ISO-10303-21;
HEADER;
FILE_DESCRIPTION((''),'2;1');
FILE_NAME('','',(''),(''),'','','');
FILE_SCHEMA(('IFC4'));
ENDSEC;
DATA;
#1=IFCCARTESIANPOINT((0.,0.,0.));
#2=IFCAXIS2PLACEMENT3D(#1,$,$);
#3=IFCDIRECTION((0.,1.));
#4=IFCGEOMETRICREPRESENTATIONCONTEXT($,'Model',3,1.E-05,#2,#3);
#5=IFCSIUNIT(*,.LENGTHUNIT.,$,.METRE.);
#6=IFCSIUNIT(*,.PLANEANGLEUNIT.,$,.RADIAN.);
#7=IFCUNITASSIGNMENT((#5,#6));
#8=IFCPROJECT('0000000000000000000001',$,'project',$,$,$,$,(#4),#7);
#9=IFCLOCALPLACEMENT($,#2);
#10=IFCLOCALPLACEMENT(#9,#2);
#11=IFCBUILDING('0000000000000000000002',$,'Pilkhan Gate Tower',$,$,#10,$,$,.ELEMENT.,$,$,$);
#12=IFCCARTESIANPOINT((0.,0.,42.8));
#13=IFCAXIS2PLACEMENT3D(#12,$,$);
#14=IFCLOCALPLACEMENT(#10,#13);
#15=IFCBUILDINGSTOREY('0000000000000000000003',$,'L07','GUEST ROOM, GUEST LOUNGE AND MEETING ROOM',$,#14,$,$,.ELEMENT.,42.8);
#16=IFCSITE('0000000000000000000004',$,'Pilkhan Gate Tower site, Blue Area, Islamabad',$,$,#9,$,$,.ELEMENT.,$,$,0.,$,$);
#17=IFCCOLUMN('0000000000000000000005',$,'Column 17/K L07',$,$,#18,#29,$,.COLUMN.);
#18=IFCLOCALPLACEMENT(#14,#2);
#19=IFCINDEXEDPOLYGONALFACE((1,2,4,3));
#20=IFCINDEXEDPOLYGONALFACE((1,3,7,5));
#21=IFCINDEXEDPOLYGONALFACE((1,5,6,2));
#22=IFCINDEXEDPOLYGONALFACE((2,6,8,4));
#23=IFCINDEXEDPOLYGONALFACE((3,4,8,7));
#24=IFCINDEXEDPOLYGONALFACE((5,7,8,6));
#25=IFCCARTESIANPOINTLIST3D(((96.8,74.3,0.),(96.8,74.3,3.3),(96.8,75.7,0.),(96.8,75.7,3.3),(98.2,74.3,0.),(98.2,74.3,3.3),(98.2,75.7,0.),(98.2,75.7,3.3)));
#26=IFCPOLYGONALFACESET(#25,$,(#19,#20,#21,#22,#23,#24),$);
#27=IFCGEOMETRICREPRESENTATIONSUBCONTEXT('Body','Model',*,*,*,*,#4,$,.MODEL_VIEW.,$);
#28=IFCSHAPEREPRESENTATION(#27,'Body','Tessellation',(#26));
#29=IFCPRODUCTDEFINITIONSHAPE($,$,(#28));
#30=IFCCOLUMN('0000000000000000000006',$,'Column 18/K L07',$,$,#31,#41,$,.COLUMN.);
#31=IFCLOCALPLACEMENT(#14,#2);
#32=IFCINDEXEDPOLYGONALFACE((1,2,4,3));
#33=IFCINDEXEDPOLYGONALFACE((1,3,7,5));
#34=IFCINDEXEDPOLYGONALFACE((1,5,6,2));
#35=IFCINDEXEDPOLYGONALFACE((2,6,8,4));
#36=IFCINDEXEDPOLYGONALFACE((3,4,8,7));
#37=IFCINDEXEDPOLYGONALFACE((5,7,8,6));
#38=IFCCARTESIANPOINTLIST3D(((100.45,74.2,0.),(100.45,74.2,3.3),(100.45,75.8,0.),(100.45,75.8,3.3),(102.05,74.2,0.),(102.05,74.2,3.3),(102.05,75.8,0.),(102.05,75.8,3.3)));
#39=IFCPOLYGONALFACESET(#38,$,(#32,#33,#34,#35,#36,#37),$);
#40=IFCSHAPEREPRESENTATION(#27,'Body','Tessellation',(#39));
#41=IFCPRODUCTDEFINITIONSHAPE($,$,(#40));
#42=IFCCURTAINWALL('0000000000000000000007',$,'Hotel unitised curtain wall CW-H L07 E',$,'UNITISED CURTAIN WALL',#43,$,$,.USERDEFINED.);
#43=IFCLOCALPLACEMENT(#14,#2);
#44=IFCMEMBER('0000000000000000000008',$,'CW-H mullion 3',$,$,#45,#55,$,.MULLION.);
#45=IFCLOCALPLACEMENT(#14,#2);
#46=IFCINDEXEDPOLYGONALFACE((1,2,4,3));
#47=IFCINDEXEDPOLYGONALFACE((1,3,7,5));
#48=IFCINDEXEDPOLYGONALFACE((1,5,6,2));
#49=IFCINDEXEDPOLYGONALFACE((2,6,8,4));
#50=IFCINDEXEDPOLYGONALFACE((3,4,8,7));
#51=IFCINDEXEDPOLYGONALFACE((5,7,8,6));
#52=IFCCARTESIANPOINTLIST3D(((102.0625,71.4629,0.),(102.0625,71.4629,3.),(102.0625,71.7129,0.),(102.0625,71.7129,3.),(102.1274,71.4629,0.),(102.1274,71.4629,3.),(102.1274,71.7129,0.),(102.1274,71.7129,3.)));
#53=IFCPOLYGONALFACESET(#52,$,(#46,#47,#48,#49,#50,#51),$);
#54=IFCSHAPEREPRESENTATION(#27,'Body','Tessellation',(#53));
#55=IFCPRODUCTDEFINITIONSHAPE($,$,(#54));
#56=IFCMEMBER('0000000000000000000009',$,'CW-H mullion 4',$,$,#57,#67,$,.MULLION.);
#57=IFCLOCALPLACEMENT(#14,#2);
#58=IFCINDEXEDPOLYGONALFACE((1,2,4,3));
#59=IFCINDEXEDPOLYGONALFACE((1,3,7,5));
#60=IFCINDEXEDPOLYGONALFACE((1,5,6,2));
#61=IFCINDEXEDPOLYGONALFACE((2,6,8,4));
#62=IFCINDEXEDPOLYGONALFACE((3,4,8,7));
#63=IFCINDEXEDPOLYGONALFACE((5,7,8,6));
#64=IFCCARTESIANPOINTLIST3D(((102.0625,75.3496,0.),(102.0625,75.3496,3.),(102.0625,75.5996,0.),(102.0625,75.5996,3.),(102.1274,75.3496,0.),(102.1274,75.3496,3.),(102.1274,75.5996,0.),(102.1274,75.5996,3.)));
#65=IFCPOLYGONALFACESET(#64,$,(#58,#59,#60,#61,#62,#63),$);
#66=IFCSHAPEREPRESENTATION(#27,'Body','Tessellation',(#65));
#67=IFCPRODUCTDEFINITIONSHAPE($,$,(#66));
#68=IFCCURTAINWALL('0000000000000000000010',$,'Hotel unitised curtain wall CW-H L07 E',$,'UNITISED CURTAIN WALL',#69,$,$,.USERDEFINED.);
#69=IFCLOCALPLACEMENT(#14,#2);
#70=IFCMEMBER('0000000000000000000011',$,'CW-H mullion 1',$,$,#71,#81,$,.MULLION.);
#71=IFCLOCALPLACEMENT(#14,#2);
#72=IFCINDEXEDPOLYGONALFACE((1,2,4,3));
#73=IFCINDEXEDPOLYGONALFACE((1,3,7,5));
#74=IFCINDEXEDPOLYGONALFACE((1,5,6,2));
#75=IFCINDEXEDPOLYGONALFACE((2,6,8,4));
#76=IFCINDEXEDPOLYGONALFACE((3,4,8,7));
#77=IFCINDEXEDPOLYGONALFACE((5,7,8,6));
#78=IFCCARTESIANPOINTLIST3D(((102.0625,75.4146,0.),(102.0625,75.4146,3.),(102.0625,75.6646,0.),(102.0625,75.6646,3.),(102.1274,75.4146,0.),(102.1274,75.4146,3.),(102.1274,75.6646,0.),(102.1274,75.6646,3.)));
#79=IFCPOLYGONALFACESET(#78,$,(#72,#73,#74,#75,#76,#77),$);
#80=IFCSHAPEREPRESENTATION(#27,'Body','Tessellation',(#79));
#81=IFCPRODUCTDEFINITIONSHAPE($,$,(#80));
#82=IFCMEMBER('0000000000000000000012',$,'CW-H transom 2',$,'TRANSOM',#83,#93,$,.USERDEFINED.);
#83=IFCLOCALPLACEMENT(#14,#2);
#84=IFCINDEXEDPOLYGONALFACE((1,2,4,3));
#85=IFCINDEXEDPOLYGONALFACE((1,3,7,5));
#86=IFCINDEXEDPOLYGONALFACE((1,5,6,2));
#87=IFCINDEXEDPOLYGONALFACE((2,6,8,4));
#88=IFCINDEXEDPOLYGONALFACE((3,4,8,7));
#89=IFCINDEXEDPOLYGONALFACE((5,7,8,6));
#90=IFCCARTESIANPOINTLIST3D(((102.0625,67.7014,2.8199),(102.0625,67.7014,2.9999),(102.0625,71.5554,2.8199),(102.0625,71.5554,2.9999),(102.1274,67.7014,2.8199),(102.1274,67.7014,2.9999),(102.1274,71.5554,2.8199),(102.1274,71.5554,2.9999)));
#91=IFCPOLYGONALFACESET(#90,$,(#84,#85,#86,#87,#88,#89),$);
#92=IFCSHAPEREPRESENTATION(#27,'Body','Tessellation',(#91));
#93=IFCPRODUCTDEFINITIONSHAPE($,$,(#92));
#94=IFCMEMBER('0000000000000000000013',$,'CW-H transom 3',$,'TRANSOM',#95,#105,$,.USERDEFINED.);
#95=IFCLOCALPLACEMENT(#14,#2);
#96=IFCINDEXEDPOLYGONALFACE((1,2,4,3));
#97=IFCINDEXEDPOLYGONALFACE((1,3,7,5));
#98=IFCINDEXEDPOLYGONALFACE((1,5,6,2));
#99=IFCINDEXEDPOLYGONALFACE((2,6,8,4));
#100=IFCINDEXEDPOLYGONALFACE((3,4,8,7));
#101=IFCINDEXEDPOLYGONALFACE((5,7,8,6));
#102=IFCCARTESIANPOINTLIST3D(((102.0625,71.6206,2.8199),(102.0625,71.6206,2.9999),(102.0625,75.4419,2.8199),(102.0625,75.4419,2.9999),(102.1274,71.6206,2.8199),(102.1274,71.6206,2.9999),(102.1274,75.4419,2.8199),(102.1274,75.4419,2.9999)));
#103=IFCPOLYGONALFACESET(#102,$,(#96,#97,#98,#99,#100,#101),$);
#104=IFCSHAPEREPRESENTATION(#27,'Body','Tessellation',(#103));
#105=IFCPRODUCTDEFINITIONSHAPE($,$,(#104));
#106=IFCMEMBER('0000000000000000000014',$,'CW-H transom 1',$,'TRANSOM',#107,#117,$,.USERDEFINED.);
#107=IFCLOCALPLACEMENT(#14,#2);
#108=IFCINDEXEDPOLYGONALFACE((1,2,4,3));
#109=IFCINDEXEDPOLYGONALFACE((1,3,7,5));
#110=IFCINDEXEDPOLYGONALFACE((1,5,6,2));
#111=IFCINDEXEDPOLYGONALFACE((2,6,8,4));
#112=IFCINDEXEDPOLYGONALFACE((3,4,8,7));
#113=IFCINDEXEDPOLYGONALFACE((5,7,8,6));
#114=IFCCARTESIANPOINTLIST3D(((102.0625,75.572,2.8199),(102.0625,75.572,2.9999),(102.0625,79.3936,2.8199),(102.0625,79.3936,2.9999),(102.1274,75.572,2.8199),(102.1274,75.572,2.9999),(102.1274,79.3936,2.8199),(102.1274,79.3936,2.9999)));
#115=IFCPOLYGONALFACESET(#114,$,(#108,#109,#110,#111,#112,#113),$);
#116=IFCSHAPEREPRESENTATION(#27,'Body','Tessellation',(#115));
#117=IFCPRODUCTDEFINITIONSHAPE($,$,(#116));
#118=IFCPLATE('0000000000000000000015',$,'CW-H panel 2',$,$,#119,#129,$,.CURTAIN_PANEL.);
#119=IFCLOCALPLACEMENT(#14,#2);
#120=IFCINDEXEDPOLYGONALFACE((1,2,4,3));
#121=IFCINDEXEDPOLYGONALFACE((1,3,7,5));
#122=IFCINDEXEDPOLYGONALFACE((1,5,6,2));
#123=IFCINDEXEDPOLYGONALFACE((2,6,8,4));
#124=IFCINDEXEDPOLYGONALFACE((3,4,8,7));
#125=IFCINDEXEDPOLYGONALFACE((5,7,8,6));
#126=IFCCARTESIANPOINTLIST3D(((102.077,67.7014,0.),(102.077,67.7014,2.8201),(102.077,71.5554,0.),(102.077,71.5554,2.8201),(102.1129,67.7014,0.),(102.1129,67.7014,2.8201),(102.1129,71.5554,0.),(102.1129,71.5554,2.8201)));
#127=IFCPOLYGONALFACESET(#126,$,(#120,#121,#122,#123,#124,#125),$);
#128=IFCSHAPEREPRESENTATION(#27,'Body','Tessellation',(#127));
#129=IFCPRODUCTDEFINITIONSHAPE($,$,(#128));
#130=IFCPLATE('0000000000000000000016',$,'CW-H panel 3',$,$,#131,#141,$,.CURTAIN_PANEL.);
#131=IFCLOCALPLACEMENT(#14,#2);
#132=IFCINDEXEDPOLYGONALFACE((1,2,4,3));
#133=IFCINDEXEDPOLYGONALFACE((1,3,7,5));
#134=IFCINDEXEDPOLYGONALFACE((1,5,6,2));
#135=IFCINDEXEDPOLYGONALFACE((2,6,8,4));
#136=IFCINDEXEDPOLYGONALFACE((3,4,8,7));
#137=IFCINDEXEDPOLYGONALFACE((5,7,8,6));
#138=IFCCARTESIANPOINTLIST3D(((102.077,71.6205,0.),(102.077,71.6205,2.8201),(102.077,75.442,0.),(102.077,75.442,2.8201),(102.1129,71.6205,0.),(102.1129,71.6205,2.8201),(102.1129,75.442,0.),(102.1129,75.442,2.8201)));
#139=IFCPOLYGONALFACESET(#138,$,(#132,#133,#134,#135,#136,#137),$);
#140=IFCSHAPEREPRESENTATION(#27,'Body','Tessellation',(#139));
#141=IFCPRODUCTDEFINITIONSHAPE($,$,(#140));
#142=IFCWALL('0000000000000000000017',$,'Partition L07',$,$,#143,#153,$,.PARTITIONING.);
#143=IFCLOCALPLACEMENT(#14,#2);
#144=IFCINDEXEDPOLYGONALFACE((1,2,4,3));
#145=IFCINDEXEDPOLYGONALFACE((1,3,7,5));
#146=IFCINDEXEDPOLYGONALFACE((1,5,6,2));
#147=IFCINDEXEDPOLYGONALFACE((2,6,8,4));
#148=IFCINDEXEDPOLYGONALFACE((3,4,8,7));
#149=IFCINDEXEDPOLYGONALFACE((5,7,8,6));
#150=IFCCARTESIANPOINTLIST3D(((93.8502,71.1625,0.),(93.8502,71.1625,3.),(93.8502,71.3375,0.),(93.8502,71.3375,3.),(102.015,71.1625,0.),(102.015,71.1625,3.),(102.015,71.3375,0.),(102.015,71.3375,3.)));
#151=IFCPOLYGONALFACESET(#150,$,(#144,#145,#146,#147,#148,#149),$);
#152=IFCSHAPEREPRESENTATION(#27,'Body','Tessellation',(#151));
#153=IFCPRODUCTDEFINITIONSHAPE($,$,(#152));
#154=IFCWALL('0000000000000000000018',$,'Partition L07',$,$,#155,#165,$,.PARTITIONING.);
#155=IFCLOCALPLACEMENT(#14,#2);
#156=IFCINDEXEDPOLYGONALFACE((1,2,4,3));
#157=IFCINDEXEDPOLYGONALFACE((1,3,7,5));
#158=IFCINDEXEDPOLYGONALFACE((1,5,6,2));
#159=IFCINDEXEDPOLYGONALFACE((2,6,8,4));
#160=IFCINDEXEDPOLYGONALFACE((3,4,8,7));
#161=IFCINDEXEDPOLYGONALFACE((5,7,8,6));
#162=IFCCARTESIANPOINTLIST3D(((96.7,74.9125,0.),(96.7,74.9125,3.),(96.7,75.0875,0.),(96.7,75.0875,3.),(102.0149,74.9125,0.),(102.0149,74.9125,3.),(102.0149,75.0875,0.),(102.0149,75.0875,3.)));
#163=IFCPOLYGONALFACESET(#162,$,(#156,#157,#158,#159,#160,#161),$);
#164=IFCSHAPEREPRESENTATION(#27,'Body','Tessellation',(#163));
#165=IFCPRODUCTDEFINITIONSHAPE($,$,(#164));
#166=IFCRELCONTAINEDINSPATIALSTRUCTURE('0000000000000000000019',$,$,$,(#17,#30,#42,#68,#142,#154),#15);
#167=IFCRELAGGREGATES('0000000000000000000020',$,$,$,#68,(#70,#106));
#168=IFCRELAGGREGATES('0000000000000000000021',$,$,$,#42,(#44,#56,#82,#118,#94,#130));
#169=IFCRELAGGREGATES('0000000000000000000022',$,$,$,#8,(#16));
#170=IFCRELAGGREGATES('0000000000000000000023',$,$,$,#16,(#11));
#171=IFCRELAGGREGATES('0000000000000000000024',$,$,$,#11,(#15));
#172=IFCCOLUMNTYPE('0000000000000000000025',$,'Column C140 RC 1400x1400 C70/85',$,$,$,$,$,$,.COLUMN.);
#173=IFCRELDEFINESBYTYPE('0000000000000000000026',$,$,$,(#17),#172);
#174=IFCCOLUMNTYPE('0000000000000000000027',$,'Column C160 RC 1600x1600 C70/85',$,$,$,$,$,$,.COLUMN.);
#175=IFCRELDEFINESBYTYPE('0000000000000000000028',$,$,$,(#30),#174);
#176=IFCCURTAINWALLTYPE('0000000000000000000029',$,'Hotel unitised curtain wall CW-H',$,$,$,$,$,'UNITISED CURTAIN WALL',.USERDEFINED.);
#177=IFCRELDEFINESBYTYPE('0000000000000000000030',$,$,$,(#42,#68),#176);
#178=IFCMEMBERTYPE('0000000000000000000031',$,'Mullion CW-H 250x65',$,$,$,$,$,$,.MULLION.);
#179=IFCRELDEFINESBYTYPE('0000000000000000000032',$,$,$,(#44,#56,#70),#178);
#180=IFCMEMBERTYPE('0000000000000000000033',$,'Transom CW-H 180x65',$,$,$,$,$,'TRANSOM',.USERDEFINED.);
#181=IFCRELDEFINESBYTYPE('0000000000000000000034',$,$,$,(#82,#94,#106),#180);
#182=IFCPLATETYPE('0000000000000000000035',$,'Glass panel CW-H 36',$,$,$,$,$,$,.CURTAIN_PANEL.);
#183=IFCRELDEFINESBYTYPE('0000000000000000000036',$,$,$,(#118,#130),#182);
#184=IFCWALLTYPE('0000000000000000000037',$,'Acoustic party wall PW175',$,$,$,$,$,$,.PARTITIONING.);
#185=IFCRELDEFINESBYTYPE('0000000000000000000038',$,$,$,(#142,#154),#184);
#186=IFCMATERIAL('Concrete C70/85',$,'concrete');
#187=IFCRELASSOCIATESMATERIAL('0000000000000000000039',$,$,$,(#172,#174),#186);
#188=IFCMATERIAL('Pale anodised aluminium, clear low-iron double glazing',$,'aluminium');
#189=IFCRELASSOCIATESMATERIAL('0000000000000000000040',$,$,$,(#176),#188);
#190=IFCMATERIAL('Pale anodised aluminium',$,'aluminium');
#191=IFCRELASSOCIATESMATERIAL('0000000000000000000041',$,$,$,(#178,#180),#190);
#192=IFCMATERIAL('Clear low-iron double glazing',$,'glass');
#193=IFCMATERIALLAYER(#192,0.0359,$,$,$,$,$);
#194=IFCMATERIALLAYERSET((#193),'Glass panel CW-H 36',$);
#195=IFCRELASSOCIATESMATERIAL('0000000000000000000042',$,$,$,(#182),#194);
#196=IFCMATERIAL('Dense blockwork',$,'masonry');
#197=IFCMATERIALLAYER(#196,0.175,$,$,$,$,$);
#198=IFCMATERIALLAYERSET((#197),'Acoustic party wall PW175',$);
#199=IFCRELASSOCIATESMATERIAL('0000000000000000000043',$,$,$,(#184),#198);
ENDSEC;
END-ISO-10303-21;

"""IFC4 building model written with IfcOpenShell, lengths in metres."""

from ifc_helpers import new_model, si_unit, direction, frame, frame_2d, origin, origin_2d, place, context, subcontext, project, spatial, rectangle, extrude, material, layer, layer_set, material_profile, profile_set, type_object, element, aggregate, save


model = new_model("IFC4")

# Units and contexts
model_context = context("Model", 3, precision=1e-05, world=origin(), true_north=direction((0.0, 1.0)))
body_context = subcontext(model_context, "Body", "Model", "MODEL_VIEW")
ifc_project = project(units=[si_unit("LENGTHUNIT", "METRE"), si_unit("PLANEANGLEUNIT", "RADIAN")], contexts=[model_context])

# Site, building, storey
site_placement = place(None, origin())
site = spatial("IfcSite", under=ifc_project, at=site_placement, Name="Pilkhan Gate Tower site, Blue Area, Islamabad", CompositionType="ELEMENT", RefElevation=0.0)
building_placement = place(site_placement, origin())
building = spatial("IfcBuilding", under=site, at=building_placement, Name="Pilkhan Gate Tower", CompositionType="ELEMENT")
storey_placement = place(building_placement, frame((0.0, 0.0, 42.8)))
storey = spatial("IfcBuildingStorey", under=building, at=storey_placement, Name="L07", Description="GUEST ROOM, GUEST LOUNGE AND MEETING ROOM", CompositionType="ELEMENT", Elevation=42.8)

# Columns
ifc_material_1 = material(Name="Concrete C70/85", Category="concrete")
ifc_material_profile_1 = material_profile(ifc_material_1, rectangle(XDim=1.3999, YDim=1.3999, at=origin_2d()), Name="RC 1400x1400")
ifc_profile_set_1 = profile_set([ifc_material_profile_1], Name="Concrete C70/85")
column_type_1 = type_object("IfcColumnType", Name="Column C140 RC 1400x1400 C70/85", PredefinedType="COLUMN", material=ifc_profile_set_1)
column_1_placement = place(storey_placement, frame((97.5, 75.0, 0.0), z_axis=(0.0, 0.0, 1.0), x_axis=(1.0, 0.0, 0.0)))
element("IfcColumn", 1, at=column_1_placement, inside=storey, type_object=column_type_1, Name="Column 17/K L07", PredefinedType="COLUMN", context=body_context, shape_type="SweptSolid", body=[
    extrude(rectangle(XDim=1.3999, YDim=1.3999, at=origin_2d()), origin(), (0.0, 0.0, 1.0), 3.3),
])
ifc_material_profile_2 = material_profile(ifc_material_1, rectangle(XDim=1.6001, YDim=1.6001, at=origin_2d()), Name="RC 1600x1600")
ifc_profile_set_2 = profile_set([ifc_material_profile_2], Name="Concrete C70/85")
column_type_2 = type_object("IfcColumnType", Name="Column C160 RC 1600x1600 C70/85", PredefinedType="COLUMN", material=ifc_profile_set_2)
column_2_placement = place(storey_placement, frame((101.25, 75.0, 0.0), z_axis=(0.0, 0.0, 1.0), x_axis=(1.0, 0.0, 0.0)))
element("IfcColumn", 2, at=column_2_placement, inside=storey, type_object=column_type_2, Name="Column 18/K L07", PredefinedType="COLUMN", context=body_context, shape_type="SweptSolid", body=[
    extrude(rectangle(XDim=1.6001, YDim=1.6001, at=origin_2d()), origin(), (0.0, 0.0, 1.0), 3.3),
])

# Curtain wall, members
ifc_material_2 = material(Name="Pale anodised aluminium, clear low-iron double glazing", Category="aluminium")
curtain_wall_type = type_object("IfcCurtainWallType", Name="Hotel unitised curtain wall CW-H", ElementType="UNITISED CURTAIN WALL", PredefinedType="USERDEFINED", material=ifc_material_2)
curtain_wall_1_placement = place(storey_placement, origin())
curtain_wall_1 = element("IfcCurtainWall", 3, at=curtain_wall_1_placement, inside=storey, type_object=curtain_wall_type, Name="Hotel unitised curtain wall CW-H L07 E", ObjectType="UNITISED CURTAIN WALL", PredefinedType="USERDEFINED")
ifc_material_3 = material(Name="Pale anodised aluminium", Category="aluminium")
ifc_material_profile_3 = material_profile(ifc_material_3, rectangle(XDim=0.0649, YDim=0.25, at=origin_2d()), Name="Mullion 250x65")
ifc_profile_set_3 = profile_set([ifc_material_profile_3], Name="Pale anodised aluminium")
member_type_1 = type_object("IfcMemberType", Name="Mullion CW-H 250x65", PredefinedType="MULLION", material=ifc_profile_set_3)
member_1_placement = place(storey_placement, frame((102.095, 71.5879, 0.0), z_axis=(0.0, 0.0, 1.0), x_axis=(-1.0, 0.0, 0.0)))
member_1 = element("IfcMember", 4, at=member_1_placement, type_object=member_type_1, Name="CW-H mullion 3", PredefinedType="MULLION", context=body_context, shape_type="SweptSolid", body=[
    extrude(rectangle(XDim=0.0649, YDim=0.25, at=origin_2d()), origin(), (0.0, 0.0, 1.0), 3.0),
])
member_2_placement = place(storey_placement, frame((102.095, 75.4746, 0.0), z_axis=(0.0, 0.0, 1.0), x_axis=(-1.0, 0.0, 0.0)))
member_2 = element("IfcMember", 5, at=member_2_placement, type_object=member_type_1, Name="CW-H mullion 4", PredefinedType="MULLION", context=body_context, shape_type="SweptSolid", body=[
    extrude(rectangle(XDim=0.0649, YDim=0.25, at=origin_2d()), origin(), (0.0, 0.0, 1.0), 3.0),
])

# Curtain wall, member
curtain_wall_2_placement = place(storey_placement, origin())
curtain_wall_2 = element("IfcCurtainWall", 6, at=curtain_wall_2_placement, inside=storey, type_object=curtain_wall_type, Name="Hotel unitised curtain wall CW-H L07 E", ObjectType="UNITISED CURTAIN WALL", PredefinedType="USERDEFINED")
member_3_placement = place(storey_placement, frame((102.095, 75.5396, 0.0), z_axis=(0.0, 0.0, 1.0), x_axis=(-1.0, 0.0, 0.0)))
member_3 = element("IfcMember", 7, at=member_3_placement, type_object=member_type_1, Name="CW-H mullion 1", PredefinedType="MULLION", context=body_context, shape_type="SweptSolid", body=[
    extrude(rectangle(XDim=0.0649, YDim=0.25, at=origin_2d()), origin(), (0.0, 0.0, 1.0), 3.0),
])

# Members
ifc_material_profile_4 = material_profile(ifc_material_3, rectangle(XDim=0.0649, YDim=0.1799, at=origin_2d()), Name="Transom 180x65")
ifc_profile_set_4 = profile_set([ifc_material_profile_4], Name="Pale anodised aluminium")
member_type_2 = type_object("IfcMemberType", Name="Transom CW-H 180x65", ElementType="TRANSOM", PredefinedType="USERDEFINED", material=ifc_profile_set_4)
member_4_placement = place(storey_placement, frame((102.095, 67.7014, 2.9099), z_axis=(0.0, 1.0, 0.0), x_axis=(-1.0, 0.0, 0.0)))
member_4 = element("IfcMember", 8, at=member_4_placement, type_object=member_type_2, Name="CW-H transom 2", ObjectType="TRANSOM", PredefinedType="USERDEFINED", context=body_context, shape_type="SweptSolid", body=[
    extrude(rectangle(XDim=0.0649, YDim=0.1799, at=origin_2d()), origin(), (0.0, 0.0, 1.0), 3.854),
])
member_5_placement = place(storey_placement, frame((102.095, 71.6206, 2.9099), z_axis=(0.0, 1.0, 0.0), x_axis=(-1.0, 0.0, 0.0)))
member_5 = element("IfcMember", 9, at=member_5_placement, type_object=member_type_2, Name="CW-H transom 3", ObjectType="TRANSOM", PredefinedType="USERDEFINED", context=body_context, shape_type="SweptSolid", body=[
    extrude(rectangle(XDim=0.0649, YDim=0.1799, at=origin_2d()), origin(), (0.0, 0.0, 1.0), 3.8213),
])
member_6_placement = place(storey_placement, frame((102.095, 75.572, 2.9099), z_axis=(0.0, 1.0, 0.0), x_axis=(-1.0, 0.0, 0.0)))
member_6 = element("IfcMember", 10, at=member_6_placement, type_object=member_type_2, Name="CW-H transom 1", ObjectType="TRANSOM", PredefinedType="USERDEFINED", context=body_context, shape_type="SweptSolid", body=[
    extrude(rectangle(XDim=0.0649, YDim=0.1799, at=origin_2d()), origin(), (0.0, 0.0, 1.0), 3.8215),
])
aggregate(curtain_wall_2, [member_3, member_6])

# Plates
ifc_material_4 = material(Name="Clear low-iron double glazing", Category="glass")
ifc_layer_1 = layer(ifc_material_4, 0.0359)
ifc_layer_set_1 = layer_set([ifc_layer_1], Name="Glass panel CW-H 36")
plate_type = type_object("IfcPlateType", Name="Glass panel CW-H 36", PredefinedType="CURTAIN_PANEL", material=ifc_layer_set_1)
plate_1_placement = place(storey_placement, frame((102.095, 69.6284, 0.0), z_axis=(0.0, 0.0, 1.0), x_axis=(0.0, 1.0, 0.0)))
plate_1 = element("IfcPlate", 11, at=plate_1_placement, type_object=plate_type, Name="CW-H panel 2", PredefinedType="CURTAIN_PANEL", context=body_context, shape_type="SweptSolid", body=[
    extrude(rectangle(XDim=3.854, YDim=0.0359, at=origin_2d()), origin(), (0.0, 0.0, 1.0), 2.8201),
])
plate_2_placement = place(storey_placement, frame((102.095, 73.5312, 0.0), z_axis=(0.0, 0.0, 1.0), x_axis=(0.0, 1.0, 0.0)))
plate_2 = element("IfcPlate", 12, at=plate_2_placement, type_object=plate_type, Name="CW-H panel 3", PredefinedType="CURTAIN_PANEL", context=body_context, shape_type="SweptSolid", body=[
    extrude(rectangle(XDim=3.8215, YDim=0.0359, at=origin_2d()), origin(), (0.0, 0.0, 1.0), 2.8201),
])
aggregate(curtain_wall_1, [member_1, member_2, member_4, plate_1, member_5, plate_2])

# Walls
ifc_material_5 = material(Name="Dense blockwork", Category="masonry")
ifc_layer_2 = layer(ifc_material_5, 0.175)
ifc_layer_set_2 = layer_set([ifc_layer_2], Name="Acoustic party wall PW175")
wall_type_1 = type_object("IfcWallType", Name="Acoustic party wall PW175", PredefinedType="PARTITIONING", material=ifc_layer_set_2)
wall_1_placement = place(storey_placement, frame((93.8501, 71.25, 0.0), z_axis=(0.0, 0.0, 1.0), x_axis=(1.0, 0.0, 0.0)))
element("IfcWall", 13, at=wall_1_placement, inside=storey, type_object=wall_type_1, Name="Partition L07", PredefinedType="PARTITIONING", context=body_context, shape_type="SweptSolid", body=[
    extrude(rectangle(XDim=8.1648, YDim=0.175, at=frame_2d((4.0825, 0.0))), origin(), (0.0, 0.0, 1.0), 3.0),
])
wall_2_placement = place(storey_placement, frame((96.7, 75.0, 0.0), z_axis=(0.0, 0.0, 1.0), x_axis=(1.0, 0.0, 0.0)))
element("IfcWall", 14, at=wall_2_placement, inside=storey, type_object=wall_type_1, Name="Partition L07", PredefinedType="PARTITIONING", context=body_context, shape_type="SweptSolid", body=[
    extrude(rectangle(XDim=5.3149, YDim=0.175, at=frame_2d((2.6575, 0.0))), origin(), (0.0, 0.0, 1.0), 3.0),
])

save(model, "model.ifc")
